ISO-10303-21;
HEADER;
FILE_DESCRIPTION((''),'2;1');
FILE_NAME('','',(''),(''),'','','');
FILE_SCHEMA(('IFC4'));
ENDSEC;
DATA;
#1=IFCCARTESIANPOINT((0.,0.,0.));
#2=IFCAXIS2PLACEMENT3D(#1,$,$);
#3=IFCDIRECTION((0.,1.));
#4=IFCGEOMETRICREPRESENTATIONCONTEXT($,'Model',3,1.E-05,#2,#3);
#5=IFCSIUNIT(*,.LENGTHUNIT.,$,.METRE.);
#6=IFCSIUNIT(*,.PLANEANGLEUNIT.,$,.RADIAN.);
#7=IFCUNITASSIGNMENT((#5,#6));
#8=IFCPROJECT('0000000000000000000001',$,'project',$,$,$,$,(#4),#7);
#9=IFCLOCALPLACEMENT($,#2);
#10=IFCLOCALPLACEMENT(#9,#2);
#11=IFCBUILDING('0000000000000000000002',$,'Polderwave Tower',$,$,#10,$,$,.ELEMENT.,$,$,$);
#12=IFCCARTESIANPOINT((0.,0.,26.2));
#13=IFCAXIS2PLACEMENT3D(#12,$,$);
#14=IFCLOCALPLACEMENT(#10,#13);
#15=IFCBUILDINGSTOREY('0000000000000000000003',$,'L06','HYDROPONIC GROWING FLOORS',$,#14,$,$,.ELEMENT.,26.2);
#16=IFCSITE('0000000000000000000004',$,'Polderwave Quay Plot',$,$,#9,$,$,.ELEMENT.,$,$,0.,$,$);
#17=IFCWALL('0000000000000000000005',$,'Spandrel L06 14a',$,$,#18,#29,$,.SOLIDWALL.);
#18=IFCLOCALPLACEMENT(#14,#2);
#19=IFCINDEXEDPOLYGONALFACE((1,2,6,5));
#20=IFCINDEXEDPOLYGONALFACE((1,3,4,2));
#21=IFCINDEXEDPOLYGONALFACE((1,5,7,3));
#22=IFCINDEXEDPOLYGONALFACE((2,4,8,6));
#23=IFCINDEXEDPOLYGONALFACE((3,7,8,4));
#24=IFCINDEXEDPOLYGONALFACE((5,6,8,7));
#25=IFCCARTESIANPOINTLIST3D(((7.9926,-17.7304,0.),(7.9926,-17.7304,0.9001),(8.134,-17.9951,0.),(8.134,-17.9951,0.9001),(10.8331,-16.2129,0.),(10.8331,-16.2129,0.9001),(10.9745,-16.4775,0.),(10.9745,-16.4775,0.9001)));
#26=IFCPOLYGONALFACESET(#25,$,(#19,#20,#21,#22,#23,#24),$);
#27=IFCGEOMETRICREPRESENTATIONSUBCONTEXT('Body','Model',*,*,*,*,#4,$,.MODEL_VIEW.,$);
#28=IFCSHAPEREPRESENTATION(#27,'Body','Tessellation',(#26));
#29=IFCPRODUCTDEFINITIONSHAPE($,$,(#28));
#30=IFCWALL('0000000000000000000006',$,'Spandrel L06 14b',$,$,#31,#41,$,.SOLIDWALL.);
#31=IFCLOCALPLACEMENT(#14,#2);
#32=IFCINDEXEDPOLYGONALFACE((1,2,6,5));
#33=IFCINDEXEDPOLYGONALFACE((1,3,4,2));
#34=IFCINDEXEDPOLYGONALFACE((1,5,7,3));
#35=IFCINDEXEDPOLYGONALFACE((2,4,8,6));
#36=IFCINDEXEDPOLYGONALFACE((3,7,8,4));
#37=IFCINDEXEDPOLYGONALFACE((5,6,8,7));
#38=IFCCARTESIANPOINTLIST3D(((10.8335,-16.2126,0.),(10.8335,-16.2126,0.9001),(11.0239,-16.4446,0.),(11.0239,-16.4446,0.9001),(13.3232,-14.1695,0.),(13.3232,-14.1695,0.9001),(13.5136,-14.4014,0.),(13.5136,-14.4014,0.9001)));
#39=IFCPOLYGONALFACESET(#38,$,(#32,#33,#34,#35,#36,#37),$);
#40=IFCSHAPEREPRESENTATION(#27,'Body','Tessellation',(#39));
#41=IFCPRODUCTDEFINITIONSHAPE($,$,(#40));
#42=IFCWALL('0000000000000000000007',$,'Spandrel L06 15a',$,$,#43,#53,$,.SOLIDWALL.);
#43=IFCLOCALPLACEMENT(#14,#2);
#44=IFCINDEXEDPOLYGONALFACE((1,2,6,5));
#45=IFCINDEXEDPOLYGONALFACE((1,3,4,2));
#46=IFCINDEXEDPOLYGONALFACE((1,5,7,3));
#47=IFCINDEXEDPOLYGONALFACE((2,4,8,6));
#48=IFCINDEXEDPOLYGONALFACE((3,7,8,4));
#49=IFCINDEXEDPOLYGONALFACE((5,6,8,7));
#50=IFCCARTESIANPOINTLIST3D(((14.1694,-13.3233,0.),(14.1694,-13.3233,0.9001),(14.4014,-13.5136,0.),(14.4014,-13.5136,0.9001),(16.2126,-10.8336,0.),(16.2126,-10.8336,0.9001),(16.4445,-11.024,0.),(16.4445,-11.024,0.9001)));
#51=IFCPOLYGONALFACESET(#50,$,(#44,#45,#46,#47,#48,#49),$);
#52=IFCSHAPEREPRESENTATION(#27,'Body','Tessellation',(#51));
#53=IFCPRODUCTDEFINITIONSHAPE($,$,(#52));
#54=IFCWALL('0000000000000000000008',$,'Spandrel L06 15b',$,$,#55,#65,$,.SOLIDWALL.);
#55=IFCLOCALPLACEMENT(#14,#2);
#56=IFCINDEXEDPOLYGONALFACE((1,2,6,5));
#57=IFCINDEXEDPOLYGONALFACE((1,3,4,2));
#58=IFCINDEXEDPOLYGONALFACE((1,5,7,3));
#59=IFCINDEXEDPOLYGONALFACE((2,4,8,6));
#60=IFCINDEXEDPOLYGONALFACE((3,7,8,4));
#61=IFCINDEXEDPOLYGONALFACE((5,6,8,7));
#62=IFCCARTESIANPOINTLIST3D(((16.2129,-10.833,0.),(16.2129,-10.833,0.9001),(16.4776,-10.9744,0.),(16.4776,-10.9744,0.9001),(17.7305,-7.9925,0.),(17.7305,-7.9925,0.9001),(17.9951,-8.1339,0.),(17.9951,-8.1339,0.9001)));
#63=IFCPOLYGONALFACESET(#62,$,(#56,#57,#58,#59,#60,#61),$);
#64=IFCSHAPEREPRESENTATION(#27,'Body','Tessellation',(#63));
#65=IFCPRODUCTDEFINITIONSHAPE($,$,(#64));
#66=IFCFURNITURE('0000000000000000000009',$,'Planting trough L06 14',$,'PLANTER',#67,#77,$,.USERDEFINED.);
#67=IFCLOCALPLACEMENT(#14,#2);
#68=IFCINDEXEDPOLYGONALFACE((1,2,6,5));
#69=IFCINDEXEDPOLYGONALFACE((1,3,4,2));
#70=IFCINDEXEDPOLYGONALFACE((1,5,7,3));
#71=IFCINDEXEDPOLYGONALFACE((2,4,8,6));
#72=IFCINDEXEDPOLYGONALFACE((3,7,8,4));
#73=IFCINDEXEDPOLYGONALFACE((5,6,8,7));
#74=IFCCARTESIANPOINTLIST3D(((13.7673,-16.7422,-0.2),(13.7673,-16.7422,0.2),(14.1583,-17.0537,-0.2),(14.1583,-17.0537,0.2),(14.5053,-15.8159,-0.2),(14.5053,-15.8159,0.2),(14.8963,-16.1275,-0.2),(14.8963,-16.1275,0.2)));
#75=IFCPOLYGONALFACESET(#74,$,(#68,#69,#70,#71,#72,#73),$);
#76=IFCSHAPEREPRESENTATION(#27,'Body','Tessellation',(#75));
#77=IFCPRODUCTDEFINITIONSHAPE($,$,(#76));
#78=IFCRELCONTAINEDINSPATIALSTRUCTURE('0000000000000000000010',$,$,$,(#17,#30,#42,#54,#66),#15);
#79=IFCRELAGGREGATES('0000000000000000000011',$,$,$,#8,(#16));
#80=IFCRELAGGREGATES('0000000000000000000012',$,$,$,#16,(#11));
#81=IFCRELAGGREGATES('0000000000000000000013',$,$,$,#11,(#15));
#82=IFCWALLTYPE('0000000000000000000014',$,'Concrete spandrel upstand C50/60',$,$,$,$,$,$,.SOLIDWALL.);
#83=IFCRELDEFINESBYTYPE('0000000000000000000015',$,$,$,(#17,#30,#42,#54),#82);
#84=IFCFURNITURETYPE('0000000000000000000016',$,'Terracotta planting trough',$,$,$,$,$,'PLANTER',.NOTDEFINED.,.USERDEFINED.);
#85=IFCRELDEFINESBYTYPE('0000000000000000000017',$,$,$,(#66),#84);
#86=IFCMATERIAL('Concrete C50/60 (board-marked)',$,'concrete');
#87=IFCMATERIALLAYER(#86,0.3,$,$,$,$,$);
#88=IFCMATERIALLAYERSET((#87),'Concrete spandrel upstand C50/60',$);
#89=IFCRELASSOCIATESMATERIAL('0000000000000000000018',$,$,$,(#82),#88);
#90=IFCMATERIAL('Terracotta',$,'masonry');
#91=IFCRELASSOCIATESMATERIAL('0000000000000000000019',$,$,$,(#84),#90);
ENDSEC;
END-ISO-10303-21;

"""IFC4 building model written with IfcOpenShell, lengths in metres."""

from ifc_helpers import new_model, si_unit, direction, frame, frame_2d, origin, origin_2d, place, context, subcontext, project, spatial, rectangle, extrude, material, layer, layer_set, type_object, element, save


model = new_model("IFC4")

# Units and contexts
model_context = context("Model", 3, precision=1e-05, world=origin(), true_north=direction((0.0, 1.0)))
body_context = subcontext(model_context, "Body", "Model", "MODEL_VIEW")
ifc_project = project(units=[si_unit("LENGTHUNIT", "METRE"), si_unit("PLANEANGLEUNIT", "RADIAN")], contexts=[model_context])

# Site, building, storey
site_placement = place(None, origin())
site = spatial("IfcSite", under=ifc_project, at=site_placement, Name="Polderwave Quay Plot", CompositionType="ELEMENT", RefElevation=0.0)
building_placement = place(site_placement, origin())
building = spatial("IfcBuilding", under=site, at=building_placement, Name="Polderwave Tower", CompositionType="ELEMENT")
storey_placement = place(building_placement, frame((0.0, 0.0, 26.2)))
storey = spatial("IfcBuildingStorey", under=building, at=storey_placement, Name="L06", Description="HYDROPONIC GROWING FLOORS", CompositionType="ELEMENT", Elevation=26.2)

# Walls
ifc_material_1 = material(Name="Concrete C50/60 (board-marked)", Category="concrete")
ifc_layer_1 = layer(ifc_material_1, 0.3)
ifc_layer_set_1 = layer_set([ifc_layer_1], Name="Concrete spandrel upstand C50/60")
wall_type = type_object("IfcWallType", Name="Concrete spandrel upstand C50/60", PredefinedType="SOLIDWALL", material=ifc_layer_set_1)
wall_1_placement = place(storey_placement, frame((8.0632, -17.8628, 0.0), z_axis=(0.0, 0.0, 1.0), x_axis=(0.882017, 0.471218, 0.0)))
element("IfcWall", 1, at=wall_1_placement, inside=storey, type_object=wall_type, Name="Spandrel L06 14a", PredefinedType="SOLIDWALL", context=body_context, shape_type="SweptSolid", body=[
    extrude(rectangle(XDim=3.2205, YDim=0.3, at=frame_2d((1.6104, 0.0))), origin(), (0.0, 0.0, 1.0), 0.9001),
])
for number, where, z_axis, x_axis, name in (
    (2, (10.9287, -16.3286, 0.0), (0.0, 0.0, 1.0), (0.773021, 0.63438, 0.0), "Spandrel L06 14b"),
    (3, (14.2854, -13.4185, 0.0), (0.0, 0.0, 1.0), (0.63438, 0.773021, 0.0), "Spandrel L06 15a"),
):
    element("IfcWall", number, at=place(storey_placement, frame(where, z_axis=z_axis, x_axis=x_axis)), inside=storey, type_object=wall_type, Name=name, PredefinedType="SOLIDWALL", context=body_context, shape_type="SweptSolid", body=[
        extrude(rectangle(XDim=3.2207, YDim=0.3, at=frame_2d((1.6104, 0.0))), origin(), (0.0, 0.0, 1.0), 0.9001),
    ])
wall_2_placement = place(storey_placement, frame((16.3452, -10.9038, 0.0), z_axis=(0.0, 0.0, 1.0), x_axis=(0.471218, 0.882017, 0.0)))
element("IfcWall", 4, at=wall_2_placement, inside=storey, type_object=wall_type, Name="Spandrel L06 15b", PredefinedType="SOLIDWALL", context=body_context, shape_type="SweptSolid", body=[
    extrude(rectangle(XDim=3.2205, YDim=0.3, at=frame_2d((1.6104, 0.0))), origin(), (0.0, 0.0, 1.0), 0.9001),
])

# Furniture
ifc_material_2 = material(Name="Terracotta", Category="masonry")
furniture_type = type_object("IfcFurnitureType", Name="Terracotta planting trough", ElementType="PLANTER", AssemblyPlace="NOTDEFINED", PredefinedType="USERDEFINED", material=ifc_material_2)
furniture_placement = place(storey_placement, frame((14.3318, -16.4348, -0.2), z_axis=(0.0, 0.0, 1.0), x_axis=(0.623135, 0.782115, 0.0)))
element("IfcFurniture", 5, at=furniture_placement, inside=storey, type_object=furniture_type, Name="Planting trough L06 14", ObjectType="PLANTER", PredefinedType="USERDEFINED", context=body_context, shape_type="SweptSolid", body=[
    extrude(rectangle(XDim=1.1843, YDim=0.5, at=origin_2d()), origin(), (0.0, 0.0, 1.0), 0.3999),
])

save(model, "model.ifc")
